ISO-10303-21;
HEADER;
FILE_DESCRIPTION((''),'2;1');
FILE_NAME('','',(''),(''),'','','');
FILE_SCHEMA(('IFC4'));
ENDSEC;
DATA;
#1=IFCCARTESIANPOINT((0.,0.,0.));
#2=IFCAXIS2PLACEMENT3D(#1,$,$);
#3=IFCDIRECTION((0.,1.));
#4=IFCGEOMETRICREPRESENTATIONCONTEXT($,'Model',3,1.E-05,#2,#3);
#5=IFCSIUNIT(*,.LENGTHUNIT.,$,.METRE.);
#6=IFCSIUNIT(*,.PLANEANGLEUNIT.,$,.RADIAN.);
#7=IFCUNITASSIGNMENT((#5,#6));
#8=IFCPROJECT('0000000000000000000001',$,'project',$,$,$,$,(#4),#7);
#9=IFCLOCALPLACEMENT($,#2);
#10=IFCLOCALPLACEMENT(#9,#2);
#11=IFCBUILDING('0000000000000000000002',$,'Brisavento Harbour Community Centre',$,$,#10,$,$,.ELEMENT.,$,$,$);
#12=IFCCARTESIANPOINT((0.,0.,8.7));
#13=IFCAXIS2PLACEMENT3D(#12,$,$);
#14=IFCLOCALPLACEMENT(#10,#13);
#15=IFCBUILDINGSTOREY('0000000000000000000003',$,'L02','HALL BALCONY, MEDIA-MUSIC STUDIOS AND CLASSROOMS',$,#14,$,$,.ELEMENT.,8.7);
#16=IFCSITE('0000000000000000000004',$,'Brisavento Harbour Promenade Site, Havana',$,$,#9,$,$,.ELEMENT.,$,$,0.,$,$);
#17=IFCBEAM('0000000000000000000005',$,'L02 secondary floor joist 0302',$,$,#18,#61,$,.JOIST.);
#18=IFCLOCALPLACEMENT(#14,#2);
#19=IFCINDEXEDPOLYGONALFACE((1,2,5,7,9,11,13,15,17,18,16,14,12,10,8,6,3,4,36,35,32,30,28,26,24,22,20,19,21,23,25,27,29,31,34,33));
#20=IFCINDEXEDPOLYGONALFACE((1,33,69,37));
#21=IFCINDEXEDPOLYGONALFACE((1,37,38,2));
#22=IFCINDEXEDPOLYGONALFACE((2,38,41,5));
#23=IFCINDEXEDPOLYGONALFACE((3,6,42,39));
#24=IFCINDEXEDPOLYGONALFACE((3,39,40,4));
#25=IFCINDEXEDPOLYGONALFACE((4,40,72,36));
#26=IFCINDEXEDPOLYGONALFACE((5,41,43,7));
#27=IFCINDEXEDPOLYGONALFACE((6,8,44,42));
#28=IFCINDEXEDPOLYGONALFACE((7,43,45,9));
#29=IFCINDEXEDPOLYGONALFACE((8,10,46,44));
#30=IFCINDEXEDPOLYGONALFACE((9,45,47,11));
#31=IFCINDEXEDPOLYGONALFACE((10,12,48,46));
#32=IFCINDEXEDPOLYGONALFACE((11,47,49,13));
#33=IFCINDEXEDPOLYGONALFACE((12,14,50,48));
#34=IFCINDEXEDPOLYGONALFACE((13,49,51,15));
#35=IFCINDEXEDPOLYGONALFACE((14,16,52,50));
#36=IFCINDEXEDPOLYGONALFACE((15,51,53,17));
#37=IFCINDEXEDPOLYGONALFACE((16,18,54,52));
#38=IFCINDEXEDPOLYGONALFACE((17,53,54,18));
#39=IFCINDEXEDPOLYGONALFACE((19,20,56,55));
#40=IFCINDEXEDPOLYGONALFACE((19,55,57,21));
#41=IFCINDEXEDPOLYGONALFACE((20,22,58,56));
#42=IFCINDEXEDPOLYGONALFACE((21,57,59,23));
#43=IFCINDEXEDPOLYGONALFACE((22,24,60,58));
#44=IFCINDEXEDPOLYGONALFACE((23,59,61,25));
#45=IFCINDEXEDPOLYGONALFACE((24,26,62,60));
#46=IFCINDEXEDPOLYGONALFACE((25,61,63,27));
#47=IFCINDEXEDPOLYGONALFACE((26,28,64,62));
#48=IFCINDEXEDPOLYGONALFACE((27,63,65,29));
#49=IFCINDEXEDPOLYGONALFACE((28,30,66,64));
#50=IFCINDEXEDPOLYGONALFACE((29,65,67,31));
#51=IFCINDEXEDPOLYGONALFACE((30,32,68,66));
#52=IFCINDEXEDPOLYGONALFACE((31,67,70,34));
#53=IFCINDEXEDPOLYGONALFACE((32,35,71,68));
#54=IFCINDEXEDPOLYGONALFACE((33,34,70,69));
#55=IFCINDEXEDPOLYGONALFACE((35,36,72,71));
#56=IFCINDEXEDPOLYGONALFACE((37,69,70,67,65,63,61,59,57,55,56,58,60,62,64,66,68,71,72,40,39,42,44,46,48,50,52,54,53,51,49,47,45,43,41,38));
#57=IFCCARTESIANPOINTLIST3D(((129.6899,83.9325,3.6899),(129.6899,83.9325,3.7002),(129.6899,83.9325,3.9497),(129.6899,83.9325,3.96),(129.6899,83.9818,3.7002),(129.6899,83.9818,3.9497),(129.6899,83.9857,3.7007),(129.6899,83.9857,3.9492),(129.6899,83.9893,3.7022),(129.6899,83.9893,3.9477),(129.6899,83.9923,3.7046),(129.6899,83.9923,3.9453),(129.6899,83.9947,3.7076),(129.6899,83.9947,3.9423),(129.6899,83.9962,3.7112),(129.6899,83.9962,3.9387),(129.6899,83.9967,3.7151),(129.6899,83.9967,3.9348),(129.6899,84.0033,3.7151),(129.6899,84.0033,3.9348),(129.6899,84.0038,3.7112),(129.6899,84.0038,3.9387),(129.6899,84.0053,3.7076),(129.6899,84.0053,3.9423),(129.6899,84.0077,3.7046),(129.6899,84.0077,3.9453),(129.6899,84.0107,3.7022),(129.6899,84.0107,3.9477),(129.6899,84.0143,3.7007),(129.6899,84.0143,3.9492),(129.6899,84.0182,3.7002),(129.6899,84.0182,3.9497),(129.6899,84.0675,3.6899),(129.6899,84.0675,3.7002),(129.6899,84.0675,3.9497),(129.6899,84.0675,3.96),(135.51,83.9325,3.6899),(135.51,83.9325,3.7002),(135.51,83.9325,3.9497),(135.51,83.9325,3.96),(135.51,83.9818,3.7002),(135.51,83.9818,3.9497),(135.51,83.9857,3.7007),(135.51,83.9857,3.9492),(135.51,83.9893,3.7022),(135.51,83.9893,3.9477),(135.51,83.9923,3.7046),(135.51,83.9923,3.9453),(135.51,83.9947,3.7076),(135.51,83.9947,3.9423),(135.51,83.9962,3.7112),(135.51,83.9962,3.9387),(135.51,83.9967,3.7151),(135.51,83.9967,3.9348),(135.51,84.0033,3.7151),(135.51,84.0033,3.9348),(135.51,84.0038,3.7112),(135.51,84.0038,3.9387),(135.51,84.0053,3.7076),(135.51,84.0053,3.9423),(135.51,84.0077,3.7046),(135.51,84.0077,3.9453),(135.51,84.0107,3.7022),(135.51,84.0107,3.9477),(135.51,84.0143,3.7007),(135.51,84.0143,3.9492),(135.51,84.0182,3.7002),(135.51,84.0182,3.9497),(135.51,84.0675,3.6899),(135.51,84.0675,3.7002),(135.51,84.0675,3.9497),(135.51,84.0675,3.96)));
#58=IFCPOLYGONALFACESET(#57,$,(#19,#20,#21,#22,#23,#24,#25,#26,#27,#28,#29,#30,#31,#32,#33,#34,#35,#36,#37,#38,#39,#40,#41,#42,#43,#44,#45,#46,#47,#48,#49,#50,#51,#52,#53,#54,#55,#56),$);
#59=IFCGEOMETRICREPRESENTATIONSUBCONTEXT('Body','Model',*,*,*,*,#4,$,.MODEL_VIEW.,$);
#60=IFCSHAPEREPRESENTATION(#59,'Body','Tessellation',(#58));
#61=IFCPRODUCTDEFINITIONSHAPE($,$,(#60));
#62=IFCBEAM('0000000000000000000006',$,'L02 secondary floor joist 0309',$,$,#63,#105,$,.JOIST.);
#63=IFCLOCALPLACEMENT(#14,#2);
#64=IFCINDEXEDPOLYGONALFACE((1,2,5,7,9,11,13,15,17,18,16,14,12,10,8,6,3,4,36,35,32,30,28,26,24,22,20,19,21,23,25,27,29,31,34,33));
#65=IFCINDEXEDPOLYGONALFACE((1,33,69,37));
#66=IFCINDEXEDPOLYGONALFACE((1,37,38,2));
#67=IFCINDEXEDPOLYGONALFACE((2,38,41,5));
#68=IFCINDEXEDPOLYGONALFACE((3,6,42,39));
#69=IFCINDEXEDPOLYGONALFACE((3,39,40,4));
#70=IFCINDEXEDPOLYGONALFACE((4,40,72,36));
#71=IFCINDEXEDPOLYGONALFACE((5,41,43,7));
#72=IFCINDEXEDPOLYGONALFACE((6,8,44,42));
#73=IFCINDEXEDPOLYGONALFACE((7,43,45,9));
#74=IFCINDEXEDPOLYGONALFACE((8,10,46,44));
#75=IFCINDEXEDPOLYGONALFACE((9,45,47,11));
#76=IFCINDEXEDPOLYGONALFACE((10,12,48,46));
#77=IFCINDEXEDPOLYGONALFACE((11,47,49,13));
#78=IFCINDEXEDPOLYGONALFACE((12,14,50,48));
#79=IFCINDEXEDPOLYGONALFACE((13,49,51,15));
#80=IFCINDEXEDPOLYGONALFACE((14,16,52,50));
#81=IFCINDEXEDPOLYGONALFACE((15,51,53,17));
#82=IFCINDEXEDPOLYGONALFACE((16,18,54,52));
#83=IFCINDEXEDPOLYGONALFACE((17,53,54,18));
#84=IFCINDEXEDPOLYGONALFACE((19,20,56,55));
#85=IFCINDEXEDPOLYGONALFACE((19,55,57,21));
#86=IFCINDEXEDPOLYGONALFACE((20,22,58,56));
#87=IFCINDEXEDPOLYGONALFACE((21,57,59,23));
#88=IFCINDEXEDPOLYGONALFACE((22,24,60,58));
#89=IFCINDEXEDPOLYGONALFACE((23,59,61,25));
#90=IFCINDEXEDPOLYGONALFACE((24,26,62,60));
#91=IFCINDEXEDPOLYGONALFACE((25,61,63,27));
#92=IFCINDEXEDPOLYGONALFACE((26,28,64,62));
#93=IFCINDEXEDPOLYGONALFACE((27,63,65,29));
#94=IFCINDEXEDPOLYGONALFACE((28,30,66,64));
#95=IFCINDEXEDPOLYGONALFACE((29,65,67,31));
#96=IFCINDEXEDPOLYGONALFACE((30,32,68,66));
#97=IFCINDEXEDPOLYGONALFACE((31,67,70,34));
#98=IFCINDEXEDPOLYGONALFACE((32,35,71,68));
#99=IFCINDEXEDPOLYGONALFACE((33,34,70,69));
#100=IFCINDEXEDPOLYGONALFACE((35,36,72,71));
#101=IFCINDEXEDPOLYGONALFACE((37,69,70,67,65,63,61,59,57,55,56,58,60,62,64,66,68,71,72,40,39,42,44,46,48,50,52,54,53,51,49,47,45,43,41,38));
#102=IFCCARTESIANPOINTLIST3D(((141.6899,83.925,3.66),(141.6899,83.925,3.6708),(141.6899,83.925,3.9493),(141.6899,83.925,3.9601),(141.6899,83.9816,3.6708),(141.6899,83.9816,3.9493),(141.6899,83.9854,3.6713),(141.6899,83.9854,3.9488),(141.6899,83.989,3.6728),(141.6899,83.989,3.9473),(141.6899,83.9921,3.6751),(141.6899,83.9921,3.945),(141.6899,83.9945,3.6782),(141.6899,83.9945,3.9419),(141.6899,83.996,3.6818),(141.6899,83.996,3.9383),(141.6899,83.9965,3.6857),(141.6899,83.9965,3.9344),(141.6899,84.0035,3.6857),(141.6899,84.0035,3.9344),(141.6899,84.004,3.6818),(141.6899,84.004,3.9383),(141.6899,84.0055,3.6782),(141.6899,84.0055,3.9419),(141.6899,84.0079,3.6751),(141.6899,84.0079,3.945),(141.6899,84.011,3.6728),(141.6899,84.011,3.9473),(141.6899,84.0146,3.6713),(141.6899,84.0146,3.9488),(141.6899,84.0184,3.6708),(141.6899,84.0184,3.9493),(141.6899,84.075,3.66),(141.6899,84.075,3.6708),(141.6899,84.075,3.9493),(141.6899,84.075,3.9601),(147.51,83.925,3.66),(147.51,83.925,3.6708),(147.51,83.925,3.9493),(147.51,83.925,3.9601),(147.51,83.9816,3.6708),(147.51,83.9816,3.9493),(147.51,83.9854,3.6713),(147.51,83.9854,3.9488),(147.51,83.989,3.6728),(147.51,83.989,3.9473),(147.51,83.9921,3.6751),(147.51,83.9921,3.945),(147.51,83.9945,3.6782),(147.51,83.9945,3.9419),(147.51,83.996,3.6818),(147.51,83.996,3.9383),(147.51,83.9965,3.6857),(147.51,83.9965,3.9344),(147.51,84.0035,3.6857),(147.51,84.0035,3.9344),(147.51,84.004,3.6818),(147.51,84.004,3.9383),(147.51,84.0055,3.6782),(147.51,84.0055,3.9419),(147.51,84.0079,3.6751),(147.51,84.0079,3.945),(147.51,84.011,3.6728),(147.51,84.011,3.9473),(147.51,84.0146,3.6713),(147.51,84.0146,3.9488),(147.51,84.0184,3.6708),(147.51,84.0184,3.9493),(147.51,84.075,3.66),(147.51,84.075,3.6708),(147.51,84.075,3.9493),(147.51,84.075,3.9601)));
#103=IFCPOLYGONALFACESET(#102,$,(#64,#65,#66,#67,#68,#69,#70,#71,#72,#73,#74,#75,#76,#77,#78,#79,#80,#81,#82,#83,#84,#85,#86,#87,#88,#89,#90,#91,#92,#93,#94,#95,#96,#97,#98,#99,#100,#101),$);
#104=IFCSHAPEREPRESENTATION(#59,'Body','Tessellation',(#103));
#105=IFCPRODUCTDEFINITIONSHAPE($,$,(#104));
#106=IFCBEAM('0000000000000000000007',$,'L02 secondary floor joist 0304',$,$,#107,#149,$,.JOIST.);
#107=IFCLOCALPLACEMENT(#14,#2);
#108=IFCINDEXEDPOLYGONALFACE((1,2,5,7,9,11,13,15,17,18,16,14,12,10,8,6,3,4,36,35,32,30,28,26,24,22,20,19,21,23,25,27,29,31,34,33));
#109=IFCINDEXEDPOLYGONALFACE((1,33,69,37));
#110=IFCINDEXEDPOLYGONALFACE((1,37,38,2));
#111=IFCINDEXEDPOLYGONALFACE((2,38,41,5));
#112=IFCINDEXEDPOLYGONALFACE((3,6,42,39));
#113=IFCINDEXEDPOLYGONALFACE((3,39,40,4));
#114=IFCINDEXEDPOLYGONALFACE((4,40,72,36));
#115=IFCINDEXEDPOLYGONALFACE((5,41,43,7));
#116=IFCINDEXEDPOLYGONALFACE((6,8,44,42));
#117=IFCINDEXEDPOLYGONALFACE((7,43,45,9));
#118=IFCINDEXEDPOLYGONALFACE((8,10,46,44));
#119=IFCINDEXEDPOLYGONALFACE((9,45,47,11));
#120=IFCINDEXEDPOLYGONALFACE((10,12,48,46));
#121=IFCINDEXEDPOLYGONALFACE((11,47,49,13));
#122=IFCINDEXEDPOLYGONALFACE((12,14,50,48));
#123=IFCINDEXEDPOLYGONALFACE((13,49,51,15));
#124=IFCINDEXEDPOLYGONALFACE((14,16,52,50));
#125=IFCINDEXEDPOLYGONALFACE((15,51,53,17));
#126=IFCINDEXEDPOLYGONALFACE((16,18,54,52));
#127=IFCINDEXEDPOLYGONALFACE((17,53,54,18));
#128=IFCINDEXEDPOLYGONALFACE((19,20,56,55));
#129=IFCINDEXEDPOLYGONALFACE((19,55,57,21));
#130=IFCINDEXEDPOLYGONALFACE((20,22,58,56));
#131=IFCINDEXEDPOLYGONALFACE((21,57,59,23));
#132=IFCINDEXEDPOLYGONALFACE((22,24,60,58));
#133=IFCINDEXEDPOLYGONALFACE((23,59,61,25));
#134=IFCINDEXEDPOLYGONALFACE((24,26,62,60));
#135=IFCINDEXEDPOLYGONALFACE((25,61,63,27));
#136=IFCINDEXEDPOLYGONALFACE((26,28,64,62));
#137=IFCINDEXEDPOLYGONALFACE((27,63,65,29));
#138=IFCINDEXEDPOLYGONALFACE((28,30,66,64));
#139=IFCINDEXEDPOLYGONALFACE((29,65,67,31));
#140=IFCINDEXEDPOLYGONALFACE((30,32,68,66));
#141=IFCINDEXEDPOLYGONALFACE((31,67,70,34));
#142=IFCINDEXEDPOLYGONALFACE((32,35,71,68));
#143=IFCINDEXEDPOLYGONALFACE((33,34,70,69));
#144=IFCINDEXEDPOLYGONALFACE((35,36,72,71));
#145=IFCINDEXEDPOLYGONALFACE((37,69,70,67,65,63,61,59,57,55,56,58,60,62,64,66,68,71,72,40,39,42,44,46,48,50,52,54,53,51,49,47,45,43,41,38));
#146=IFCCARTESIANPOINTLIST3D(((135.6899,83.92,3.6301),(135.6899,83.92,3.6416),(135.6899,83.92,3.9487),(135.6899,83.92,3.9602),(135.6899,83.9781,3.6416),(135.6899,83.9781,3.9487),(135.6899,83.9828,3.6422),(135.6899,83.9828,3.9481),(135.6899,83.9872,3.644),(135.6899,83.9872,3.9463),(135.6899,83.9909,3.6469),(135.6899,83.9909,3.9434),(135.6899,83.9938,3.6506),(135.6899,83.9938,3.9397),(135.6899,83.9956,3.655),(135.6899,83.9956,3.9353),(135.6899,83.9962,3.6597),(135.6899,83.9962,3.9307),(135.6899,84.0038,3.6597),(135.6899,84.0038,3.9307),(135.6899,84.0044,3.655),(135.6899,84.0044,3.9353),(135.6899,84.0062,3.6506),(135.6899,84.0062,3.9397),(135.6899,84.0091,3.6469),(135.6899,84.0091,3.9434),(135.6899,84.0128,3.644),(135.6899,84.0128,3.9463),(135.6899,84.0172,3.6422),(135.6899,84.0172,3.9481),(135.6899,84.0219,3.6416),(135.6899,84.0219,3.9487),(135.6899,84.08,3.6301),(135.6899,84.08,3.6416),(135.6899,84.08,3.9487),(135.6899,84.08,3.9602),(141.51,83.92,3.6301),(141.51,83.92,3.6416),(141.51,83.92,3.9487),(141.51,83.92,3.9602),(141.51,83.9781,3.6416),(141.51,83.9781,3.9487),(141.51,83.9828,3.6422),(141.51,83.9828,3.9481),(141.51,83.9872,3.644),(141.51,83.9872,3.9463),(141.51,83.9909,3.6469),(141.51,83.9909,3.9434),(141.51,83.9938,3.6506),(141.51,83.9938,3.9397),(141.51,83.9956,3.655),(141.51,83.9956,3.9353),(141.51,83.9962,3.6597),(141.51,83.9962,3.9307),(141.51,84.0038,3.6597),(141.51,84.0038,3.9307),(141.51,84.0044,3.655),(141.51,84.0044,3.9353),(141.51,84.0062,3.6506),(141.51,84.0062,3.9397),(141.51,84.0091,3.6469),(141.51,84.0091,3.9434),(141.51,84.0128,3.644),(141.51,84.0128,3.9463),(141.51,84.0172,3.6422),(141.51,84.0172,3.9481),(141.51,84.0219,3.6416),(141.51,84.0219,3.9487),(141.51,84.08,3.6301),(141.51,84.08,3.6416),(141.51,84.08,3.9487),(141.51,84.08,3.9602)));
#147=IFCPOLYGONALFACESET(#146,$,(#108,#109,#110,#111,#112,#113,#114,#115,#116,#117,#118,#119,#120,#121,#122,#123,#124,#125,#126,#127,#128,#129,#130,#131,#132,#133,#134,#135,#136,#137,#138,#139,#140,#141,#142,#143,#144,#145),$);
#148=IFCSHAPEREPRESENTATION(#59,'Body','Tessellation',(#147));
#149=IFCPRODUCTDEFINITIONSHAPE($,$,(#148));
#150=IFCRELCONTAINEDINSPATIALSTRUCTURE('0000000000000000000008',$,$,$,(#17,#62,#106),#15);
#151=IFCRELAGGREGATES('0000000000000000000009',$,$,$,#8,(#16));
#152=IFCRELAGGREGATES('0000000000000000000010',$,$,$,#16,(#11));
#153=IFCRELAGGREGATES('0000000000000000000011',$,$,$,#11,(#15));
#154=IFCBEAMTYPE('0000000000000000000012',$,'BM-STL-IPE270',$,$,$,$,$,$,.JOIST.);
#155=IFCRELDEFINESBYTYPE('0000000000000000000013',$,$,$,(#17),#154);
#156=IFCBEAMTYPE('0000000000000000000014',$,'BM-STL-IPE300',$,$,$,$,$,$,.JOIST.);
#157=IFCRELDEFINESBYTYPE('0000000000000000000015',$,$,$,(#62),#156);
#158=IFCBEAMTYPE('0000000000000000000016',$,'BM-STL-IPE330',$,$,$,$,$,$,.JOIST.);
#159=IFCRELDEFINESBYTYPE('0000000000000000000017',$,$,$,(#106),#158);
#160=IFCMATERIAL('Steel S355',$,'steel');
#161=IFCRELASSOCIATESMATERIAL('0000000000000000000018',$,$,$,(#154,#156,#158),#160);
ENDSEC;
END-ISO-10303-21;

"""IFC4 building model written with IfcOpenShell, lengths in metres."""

from ifc_helpers import new_model, si_unit, direction, frame, origin, origin_2d, place, context, subcontext, project, spatial, i_section, extrude, material, material_profile, profile_set, type_object, element, save


model = new_model("IFC4")

# Units and contexts
model_context = context("Model", 3, precision=1e-05, world=origin(), true_north=direction((0.0, 1.0)))
body_context = subcontext(model_context, "Body", "Model", "MODEL_VIEW")
ifc_project = project(units=[si_unit("LENGTHUNIT", "METRE"), si_unit("PLANEANGLEUNIT", "RADIAN")], contexts=[model_context])

# Site, building, storey
site_placement = place(None, origin())
site = spatial("IfcSite", under=ifc_project, at=site_placement, Name="Brisavento Harbour Promenade Site, Havana", CompositionType="ELEMENT", RefElevation=0.0)
building_placement = place(site_placement, origin())
building = spatial("IfcBuilding", under=site, at=building_placement, Name="Brisavento Harbour Community Centre", CompositionType="ELEMENT")
storey_placement = place(building_placement, frame((0.0, 0.0, 8.7)))
storey = spatial("IfcBuildingStorey", under=building, at=storey_placement, Name="L02", Description="HALL BALCONY, MEDIA-MUSIC STUDIOS AND CLASSROOMS", CompositionType="ELEMENT", Elevation=8.7)

# Shared definitions
ifc_material_1 = material(Name="Steel S355", Category="steel")

# Beams
ifc_material_profile_1 = material_profile(ifc_material_1, i_section(OverallWidth=0.135, OverallDepth=0.27, WebThickness=0.0066, FlangeThickness=0.0103, FilletRadius=0.0149, at=origin_2d()), Name="Steel S355")
ifc_profile_set_1 = profile_set([ifc_material_profile_1], Name="Steel S355")
beam_type_1 = type_object("IfcBeamType", Name="BM-STL-IPE270", PredefinedType="JOIST", material=ifc_profile_set_1)
beam_1_placement = place(storey_placement, frame((129.6899, 84.0, 3.825), z_axis=(1.0, 0.0, 0.0), x_axis=(0.0, 1.0, 0.0)))
element("IfcBeam", 1, at=beam_1_placement, inside=storey, type_object=beam_type_1, Name="L02 secondary floor joist 0302", PredefinedType="JOIST", context=body_context, shape_type="SweptSolid", body=[
    extrude(i_section(OverallWidth=0.135, OverallDepth=0.27, WebThickness=0.0066, FlangeThickness=0.0103, FilletRadius=0.0149, at=origin_2d()), origin(), (0.0, 0.0, 1.0), 5.8201),
])
ifc_material_profile_2 = material_profile(ifc_material_1, i_section(OverallWidth=0.1499, OverallDepth=0.3, WebThickness=0.0071, FlangeThickness=0.0107, FilletRadius=0.0149, at=origin_2d()), Name="Steel S355")
ifc_profile_set_2 = profile_set([ifc_material_profile_2], Name="Steel S355")
beam_type_2 = type_object("IfcBeamType", Name="BM-STL-IPE300", PredefinedType="JOIST", material=ifc_profile_set_2)
beam_2_placement = place(storey_placement, frame((141.6899, 84.0, 3.8101), z_axis=(1.0, 0.0, 0.0), x_axis=(0.0, 1.0, 0.0)))
element("IfcBeam", 2, at=beam_2_placement, inside=storey, type_object=beam_type_2, Name="L02 secondary floor joist 0309", PredefinedType="JOIST", context=body_context, shape_type="SweptSolid", body=[
    extrude(i_section(OverallWidth=0.1499, OverallDepth=0.3, WebThickness=0.0071, FlangeThickness=0.0107, FilletRadius=0.0149, at=origin_2d()), origin(), (0.0, 0.0, 1.0), 5.8201),
])
ifc_material_profile_3 = material_profile(ifc_material_1, i_section(OverallWidth=0.1599, OverallDepth=0.3301, WebThickness=0.0076, FlangeThickness=0.0115, FilletRadius=0.0181, at=origin_2d()), Name="Steel S355")
ifc_profile_set_3 = profile_set([ifc_material_profile_3], Name="Steel S355")
beam_type_3 = type_object("IfcBeamType", Name="BM-STL-IPE330", PredefinedType="JOIST", material=ifc_profile_set_3)
beam_3_placement = place(storey_placement, frame((135.6899, 84.0, 3.7952), z_axis=(1.0, 0.0, 0.0), x_axis=(0.0, 1.0, 0.0)))
element("IfcBeam", 3, at=beam_3_placement, inside=storey, type_object=beam_type_3, Name="L02 secondary floor joist 0304", PredefinedType="JOIST", context=body_context, shape_type="SweptSolid", body=[
    extrude(i_section(OverallWidth=0.1599, OverallDepth=0.3301, WebThickness=0.0076, FlangeThickness=0.0115, FilletRadius=0.0181, at=origin_2d()), origin(), (0.0, 0.0, 1.0), 5.8201),
])

save(model, "model.ifc")
